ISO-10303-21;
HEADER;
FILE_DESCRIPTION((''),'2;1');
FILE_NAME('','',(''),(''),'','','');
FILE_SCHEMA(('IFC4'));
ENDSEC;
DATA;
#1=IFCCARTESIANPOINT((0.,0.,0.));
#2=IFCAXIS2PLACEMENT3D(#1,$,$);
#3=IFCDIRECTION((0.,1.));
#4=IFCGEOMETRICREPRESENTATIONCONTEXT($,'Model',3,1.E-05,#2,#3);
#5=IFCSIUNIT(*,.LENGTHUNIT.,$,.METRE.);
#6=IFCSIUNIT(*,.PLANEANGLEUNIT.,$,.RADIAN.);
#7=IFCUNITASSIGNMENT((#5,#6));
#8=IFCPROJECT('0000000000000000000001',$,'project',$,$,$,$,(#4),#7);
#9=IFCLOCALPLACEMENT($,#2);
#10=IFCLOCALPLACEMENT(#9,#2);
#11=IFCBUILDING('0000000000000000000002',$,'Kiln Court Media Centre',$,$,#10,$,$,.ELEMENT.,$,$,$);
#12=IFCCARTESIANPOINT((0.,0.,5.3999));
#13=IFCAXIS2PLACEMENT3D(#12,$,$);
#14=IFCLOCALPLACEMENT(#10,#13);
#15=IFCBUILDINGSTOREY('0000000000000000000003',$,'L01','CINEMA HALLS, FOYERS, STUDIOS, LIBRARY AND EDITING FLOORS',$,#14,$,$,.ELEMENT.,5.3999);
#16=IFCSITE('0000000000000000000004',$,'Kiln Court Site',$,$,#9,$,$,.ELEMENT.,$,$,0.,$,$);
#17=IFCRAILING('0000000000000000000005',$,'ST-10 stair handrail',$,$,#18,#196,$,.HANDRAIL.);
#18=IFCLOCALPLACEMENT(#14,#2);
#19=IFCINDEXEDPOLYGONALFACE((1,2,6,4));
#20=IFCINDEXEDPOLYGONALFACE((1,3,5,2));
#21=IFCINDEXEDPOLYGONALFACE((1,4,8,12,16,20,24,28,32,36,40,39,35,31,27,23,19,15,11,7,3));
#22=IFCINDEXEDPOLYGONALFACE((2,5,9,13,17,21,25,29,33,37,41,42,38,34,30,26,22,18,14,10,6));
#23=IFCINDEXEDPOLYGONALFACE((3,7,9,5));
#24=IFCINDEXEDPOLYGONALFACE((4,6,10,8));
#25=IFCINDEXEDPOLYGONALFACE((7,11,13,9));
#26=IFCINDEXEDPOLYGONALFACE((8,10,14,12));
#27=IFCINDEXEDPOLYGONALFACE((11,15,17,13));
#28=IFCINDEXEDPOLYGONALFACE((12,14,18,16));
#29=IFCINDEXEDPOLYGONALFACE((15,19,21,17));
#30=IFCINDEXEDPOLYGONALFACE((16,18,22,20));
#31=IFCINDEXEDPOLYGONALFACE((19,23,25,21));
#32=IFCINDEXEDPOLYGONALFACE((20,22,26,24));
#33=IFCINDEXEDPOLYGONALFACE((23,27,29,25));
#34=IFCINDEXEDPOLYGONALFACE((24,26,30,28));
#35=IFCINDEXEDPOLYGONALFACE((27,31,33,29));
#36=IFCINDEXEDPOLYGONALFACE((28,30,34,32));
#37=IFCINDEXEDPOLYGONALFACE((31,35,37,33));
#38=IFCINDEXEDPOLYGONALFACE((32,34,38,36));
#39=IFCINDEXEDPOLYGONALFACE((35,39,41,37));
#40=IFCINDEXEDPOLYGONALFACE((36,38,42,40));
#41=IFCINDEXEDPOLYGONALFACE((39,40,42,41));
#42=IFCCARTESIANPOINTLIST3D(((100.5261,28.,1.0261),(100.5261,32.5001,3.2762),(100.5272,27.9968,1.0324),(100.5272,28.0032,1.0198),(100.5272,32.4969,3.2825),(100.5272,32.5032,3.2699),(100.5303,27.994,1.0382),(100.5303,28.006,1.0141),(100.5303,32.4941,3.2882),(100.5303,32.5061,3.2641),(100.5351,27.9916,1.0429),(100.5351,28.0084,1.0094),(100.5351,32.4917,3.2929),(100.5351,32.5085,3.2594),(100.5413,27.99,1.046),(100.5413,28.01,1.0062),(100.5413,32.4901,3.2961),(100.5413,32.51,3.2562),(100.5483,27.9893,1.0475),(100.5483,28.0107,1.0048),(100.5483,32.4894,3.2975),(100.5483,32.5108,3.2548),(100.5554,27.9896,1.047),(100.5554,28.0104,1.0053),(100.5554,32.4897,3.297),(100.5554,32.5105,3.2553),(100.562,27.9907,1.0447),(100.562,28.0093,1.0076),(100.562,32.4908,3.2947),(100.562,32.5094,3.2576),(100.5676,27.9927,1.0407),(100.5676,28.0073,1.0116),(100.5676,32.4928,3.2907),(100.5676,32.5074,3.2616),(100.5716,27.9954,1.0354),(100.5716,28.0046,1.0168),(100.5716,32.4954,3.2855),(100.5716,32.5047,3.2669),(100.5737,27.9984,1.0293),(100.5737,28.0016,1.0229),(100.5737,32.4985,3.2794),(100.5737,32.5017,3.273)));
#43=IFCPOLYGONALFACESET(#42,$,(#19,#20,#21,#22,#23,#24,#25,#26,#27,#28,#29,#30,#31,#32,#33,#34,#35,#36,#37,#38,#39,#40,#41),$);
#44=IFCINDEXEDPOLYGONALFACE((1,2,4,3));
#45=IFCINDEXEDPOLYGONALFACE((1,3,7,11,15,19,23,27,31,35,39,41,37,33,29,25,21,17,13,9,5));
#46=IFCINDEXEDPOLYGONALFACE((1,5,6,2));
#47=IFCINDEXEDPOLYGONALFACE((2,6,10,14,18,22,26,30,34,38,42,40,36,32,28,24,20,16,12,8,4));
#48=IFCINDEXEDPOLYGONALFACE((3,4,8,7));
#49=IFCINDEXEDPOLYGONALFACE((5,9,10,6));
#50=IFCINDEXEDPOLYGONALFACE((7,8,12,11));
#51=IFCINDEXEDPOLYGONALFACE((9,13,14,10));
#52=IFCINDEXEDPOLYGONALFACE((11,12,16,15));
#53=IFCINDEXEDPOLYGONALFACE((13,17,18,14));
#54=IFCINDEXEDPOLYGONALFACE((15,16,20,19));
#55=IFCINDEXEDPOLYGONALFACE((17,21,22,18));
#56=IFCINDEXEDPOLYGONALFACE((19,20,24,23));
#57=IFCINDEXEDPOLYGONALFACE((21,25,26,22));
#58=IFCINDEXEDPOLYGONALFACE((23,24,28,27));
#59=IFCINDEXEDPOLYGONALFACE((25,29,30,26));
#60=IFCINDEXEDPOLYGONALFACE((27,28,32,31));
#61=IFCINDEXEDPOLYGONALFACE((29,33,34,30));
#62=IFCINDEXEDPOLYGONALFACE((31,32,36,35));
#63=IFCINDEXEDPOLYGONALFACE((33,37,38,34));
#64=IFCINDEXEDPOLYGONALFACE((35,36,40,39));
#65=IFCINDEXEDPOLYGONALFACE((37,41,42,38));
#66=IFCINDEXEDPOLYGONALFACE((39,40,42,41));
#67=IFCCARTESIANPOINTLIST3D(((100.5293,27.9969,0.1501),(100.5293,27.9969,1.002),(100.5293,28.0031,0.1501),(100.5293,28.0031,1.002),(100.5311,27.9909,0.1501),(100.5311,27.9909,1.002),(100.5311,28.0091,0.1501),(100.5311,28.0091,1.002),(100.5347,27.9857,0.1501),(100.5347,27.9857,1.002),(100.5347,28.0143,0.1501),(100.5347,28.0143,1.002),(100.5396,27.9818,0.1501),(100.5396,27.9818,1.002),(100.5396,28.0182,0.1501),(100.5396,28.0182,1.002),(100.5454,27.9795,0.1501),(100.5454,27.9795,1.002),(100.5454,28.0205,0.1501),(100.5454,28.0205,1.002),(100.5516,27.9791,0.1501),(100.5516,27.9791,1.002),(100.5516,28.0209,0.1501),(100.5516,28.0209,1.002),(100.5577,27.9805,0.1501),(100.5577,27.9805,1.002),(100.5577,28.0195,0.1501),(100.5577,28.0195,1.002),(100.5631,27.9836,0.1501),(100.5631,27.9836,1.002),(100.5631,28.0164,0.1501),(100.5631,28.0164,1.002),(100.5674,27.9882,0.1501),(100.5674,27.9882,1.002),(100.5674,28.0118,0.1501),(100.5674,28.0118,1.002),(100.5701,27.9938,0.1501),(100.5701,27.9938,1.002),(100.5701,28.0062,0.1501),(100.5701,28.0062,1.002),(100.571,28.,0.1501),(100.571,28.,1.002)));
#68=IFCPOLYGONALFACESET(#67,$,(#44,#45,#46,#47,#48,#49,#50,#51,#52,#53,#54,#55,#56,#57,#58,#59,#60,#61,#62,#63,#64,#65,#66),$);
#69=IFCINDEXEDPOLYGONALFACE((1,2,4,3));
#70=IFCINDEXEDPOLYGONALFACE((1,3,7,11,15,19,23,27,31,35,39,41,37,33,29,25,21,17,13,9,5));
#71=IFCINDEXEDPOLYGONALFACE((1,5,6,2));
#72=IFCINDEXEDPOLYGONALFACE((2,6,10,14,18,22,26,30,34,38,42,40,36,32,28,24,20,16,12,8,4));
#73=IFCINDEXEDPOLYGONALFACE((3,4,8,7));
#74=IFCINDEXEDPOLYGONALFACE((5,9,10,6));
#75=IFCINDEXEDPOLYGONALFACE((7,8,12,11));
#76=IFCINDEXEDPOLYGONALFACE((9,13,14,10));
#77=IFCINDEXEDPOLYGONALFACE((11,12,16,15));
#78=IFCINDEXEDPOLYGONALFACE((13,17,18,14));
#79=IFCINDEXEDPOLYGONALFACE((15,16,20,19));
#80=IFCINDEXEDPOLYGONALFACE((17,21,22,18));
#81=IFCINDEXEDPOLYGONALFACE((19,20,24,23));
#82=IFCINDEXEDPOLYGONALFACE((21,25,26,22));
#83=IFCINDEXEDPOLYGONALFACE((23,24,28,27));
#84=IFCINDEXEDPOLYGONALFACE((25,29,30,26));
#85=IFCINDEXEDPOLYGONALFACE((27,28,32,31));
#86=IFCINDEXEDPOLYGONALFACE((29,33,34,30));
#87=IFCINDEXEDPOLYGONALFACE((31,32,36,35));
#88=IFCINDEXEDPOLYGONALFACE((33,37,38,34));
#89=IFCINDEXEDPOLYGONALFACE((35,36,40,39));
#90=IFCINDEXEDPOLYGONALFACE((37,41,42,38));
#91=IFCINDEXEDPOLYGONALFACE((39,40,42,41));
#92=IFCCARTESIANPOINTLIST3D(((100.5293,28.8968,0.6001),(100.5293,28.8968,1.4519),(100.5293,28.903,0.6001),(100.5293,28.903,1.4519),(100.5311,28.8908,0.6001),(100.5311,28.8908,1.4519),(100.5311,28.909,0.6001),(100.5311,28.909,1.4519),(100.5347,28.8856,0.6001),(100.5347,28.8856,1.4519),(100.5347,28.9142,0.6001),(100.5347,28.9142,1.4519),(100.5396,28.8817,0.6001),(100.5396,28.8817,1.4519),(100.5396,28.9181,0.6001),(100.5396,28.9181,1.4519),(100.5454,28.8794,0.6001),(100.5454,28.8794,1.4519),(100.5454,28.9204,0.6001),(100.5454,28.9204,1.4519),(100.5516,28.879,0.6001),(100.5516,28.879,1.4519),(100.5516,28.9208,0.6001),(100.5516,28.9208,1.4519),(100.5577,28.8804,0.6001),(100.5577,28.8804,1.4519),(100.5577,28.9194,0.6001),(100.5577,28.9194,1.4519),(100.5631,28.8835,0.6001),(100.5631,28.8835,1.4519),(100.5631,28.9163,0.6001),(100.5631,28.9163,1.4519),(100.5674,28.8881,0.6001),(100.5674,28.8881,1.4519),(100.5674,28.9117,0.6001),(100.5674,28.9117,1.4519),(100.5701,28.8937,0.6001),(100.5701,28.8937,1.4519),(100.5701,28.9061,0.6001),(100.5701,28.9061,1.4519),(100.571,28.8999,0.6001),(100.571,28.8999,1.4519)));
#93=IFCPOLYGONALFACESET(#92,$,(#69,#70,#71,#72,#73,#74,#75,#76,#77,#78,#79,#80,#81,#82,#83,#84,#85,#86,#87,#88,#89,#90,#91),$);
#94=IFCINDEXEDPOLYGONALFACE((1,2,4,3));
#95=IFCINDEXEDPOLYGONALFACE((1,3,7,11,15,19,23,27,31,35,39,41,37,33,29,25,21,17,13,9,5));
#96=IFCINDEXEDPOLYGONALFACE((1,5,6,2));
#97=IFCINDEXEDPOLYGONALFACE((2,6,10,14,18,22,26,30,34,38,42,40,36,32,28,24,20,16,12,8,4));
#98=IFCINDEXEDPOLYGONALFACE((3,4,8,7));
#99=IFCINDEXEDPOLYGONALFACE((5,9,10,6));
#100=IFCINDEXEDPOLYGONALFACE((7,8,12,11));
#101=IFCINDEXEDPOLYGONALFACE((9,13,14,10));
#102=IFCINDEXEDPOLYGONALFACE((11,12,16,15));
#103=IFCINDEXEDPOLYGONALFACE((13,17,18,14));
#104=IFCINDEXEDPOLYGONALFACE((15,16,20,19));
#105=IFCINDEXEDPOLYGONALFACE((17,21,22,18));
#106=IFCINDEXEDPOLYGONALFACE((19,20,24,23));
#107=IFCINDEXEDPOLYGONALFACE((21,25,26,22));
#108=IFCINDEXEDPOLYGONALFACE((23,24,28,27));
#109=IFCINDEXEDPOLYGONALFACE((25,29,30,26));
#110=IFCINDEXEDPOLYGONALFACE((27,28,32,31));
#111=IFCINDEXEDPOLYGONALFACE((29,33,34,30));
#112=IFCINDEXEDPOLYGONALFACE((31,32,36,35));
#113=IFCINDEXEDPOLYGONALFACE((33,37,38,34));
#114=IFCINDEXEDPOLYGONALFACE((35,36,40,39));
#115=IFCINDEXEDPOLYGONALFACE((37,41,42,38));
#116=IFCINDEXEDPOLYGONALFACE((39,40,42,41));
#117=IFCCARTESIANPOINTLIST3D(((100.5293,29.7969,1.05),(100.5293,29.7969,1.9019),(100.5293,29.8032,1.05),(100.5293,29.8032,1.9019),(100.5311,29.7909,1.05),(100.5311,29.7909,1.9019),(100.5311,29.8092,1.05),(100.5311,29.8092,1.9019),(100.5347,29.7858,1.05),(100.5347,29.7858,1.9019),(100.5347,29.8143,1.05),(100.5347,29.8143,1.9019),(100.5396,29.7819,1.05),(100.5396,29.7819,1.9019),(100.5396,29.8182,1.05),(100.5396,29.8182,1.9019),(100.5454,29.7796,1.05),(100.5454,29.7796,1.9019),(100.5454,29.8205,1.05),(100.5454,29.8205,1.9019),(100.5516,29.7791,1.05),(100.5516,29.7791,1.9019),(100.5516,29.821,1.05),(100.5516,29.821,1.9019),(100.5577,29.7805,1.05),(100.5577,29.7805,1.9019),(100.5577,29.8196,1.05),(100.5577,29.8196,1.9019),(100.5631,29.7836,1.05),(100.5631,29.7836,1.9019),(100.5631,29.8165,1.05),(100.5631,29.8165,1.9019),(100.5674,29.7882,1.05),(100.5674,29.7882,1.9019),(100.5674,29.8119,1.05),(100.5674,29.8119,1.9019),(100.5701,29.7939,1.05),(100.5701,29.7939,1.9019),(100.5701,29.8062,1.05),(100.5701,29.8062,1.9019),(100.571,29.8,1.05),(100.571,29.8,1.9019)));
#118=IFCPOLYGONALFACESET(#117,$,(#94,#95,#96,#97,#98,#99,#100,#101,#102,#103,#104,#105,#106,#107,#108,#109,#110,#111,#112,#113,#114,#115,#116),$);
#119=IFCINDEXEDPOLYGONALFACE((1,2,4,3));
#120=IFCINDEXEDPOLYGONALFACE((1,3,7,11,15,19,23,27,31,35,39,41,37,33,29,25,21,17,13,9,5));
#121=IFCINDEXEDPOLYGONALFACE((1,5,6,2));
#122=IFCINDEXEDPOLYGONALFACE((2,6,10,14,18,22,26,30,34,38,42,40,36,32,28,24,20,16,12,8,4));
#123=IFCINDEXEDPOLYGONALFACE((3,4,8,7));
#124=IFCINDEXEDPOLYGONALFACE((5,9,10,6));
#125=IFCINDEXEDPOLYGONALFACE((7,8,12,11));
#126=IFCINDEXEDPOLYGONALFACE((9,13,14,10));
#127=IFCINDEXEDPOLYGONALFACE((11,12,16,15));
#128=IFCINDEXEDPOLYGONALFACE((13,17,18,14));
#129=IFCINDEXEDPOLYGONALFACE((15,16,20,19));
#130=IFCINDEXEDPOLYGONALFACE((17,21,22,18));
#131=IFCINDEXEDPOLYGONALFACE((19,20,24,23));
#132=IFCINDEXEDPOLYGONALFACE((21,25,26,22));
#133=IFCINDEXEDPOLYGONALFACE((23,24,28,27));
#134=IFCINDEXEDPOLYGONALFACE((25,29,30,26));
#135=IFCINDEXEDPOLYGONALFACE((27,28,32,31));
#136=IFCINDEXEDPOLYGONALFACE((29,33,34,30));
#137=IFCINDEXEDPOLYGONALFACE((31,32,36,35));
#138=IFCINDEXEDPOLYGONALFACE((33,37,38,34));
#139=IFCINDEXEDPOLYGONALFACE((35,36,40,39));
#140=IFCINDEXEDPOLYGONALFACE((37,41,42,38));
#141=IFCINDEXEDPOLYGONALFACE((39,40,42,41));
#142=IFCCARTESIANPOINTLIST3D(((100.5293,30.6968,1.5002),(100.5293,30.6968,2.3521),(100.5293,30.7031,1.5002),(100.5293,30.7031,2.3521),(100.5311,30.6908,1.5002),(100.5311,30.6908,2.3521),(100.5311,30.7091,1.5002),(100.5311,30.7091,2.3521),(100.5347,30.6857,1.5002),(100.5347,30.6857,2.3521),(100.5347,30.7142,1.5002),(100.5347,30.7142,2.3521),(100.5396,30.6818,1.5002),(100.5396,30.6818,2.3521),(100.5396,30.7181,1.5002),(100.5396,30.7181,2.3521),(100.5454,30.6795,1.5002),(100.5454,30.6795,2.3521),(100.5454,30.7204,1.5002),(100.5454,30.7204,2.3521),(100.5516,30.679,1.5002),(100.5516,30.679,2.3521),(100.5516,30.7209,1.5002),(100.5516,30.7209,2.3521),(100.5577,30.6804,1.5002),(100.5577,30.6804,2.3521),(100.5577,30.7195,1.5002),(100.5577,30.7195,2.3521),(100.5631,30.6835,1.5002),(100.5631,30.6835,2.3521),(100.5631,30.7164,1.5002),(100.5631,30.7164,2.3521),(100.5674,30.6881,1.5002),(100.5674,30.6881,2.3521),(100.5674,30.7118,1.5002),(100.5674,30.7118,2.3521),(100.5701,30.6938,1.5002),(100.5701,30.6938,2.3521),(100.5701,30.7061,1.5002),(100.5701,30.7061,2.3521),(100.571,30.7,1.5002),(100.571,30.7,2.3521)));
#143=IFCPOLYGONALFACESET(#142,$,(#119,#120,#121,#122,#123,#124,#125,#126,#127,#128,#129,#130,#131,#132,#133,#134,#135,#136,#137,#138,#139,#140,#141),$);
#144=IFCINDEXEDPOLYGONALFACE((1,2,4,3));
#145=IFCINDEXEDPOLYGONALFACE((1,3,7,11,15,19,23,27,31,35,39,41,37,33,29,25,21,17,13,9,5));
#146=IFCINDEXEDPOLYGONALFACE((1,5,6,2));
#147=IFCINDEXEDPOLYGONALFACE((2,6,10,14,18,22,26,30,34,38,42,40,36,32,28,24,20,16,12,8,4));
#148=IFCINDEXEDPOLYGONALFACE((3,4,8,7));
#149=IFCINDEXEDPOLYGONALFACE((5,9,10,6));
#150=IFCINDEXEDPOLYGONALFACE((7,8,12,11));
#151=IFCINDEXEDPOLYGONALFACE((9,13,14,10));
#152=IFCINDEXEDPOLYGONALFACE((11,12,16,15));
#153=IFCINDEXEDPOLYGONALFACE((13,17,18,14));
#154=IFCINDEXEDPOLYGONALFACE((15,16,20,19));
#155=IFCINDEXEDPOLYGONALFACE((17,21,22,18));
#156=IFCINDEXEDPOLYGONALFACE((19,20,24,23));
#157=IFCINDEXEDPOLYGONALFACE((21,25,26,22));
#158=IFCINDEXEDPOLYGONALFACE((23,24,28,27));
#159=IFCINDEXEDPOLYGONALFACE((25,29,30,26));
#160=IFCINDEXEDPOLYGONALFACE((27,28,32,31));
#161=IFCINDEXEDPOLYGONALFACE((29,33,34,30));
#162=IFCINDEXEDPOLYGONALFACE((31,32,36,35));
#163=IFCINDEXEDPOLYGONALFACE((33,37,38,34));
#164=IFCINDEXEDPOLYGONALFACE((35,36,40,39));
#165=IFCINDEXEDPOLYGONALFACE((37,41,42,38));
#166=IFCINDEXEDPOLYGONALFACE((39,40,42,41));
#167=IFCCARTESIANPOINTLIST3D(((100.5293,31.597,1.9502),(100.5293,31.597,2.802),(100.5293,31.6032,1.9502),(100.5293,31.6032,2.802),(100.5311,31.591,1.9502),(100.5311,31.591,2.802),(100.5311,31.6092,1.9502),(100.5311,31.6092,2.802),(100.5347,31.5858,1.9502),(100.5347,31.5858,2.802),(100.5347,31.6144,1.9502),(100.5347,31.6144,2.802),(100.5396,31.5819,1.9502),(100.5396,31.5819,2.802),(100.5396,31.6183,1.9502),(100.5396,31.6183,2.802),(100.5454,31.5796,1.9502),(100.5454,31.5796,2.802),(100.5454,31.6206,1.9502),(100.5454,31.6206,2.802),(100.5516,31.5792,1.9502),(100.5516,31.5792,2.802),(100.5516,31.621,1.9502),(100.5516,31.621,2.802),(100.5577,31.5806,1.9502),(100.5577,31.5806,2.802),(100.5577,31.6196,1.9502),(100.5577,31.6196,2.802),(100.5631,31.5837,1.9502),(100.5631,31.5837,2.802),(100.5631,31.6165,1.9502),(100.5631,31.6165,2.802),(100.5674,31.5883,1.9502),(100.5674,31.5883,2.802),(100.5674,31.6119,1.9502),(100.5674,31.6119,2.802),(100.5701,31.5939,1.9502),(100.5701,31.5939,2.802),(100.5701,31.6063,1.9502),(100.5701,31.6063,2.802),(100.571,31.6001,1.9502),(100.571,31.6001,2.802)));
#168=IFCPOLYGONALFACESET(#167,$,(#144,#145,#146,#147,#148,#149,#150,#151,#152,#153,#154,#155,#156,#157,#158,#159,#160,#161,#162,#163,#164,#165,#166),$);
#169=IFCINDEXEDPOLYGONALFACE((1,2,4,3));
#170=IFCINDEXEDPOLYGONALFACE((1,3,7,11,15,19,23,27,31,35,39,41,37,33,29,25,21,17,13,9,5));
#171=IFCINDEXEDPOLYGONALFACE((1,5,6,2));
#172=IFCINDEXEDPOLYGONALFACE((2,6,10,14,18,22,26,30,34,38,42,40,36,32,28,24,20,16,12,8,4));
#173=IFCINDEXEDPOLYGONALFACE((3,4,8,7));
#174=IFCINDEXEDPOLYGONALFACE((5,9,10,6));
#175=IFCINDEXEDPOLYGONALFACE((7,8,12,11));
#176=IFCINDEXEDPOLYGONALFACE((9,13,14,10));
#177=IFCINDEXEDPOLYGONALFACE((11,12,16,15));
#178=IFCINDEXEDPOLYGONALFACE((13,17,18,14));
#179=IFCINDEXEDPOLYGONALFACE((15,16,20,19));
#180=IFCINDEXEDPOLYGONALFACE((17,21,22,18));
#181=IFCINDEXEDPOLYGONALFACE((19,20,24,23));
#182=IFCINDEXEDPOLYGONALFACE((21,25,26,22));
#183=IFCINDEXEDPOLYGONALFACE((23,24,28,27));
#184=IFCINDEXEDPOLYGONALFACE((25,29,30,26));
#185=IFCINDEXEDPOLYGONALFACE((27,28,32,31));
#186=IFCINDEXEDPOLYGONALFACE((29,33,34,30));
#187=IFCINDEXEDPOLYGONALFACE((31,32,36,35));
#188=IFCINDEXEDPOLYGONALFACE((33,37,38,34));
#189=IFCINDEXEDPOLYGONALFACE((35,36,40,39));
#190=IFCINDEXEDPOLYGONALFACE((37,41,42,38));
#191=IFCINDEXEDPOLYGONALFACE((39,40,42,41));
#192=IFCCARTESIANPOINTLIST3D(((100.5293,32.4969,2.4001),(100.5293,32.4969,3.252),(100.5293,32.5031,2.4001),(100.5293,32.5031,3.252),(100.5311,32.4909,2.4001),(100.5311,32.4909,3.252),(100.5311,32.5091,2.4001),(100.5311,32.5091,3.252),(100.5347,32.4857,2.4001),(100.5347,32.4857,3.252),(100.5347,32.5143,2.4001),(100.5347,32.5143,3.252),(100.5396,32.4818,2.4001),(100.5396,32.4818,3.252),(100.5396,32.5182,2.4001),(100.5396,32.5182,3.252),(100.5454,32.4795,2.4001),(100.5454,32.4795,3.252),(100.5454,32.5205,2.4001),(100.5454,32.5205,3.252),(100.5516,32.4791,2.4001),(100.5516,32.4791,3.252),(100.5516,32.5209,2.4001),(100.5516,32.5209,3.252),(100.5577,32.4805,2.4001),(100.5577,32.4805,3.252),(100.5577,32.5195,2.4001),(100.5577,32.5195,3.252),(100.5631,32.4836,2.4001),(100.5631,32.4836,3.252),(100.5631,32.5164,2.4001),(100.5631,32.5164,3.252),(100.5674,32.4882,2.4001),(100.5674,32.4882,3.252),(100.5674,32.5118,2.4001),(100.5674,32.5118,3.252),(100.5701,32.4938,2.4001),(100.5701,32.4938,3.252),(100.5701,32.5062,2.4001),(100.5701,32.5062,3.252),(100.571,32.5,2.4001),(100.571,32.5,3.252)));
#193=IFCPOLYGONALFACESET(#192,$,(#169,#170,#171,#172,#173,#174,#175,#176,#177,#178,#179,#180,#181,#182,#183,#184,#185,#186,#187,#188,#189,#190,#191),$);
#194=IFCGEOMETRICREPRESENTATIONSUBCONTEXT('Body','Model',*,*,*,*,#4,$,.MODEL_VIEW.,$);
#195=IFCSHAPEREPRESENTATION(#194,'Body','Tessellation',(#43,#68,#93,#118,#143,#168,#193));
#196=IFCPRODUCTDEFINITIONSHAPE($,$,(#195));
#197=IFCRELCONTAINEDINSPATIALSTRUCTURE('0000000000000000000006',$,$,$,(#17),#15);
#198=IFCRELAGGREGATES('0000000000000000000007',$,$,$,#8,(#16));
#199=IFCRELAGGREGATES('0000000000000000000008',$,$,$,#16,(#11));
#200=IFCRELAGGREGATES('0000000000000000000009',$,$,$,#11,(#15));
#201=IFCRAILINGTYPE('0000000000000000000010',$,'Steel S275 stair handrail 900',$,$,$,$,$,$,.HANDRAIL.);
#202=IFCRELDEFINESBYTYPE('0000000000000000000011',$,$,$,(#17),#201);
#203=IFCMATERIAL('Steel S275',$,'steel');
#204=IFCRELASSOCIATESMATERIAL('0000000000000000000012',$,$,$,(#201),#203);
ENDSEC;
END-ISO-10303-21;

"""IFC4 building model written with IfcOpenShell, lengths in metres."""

from ifc_helpers import new_model, si_unit, direction, frame, origin, origin_2d, place, context, subcontext, project, spatial, circle, extrude, material, type_object, element, save


model = new_model("IFC4")

# Units and contexts
model_context = context("Model", 3, precision=1e-05, world=origin(), true_north=direction((0.0, 1.0)))
body_context = subcontext(model_context, "Body", "Model", "MODEL_VIEW")
ifc_project = project(units=[si_unit("LENGTHUNIT", "METRE"), si_unit("PLANEANGLEUNIT", "RADIAN")], contexts=[model_context])

# Site, building, storey
site_placement = place(None, origin())
site = spatial("IfcSite", under=ifc_project, at=site_placement, Name="Kiln Court Site", CompositionType="ELEMENT", RefElevation=0.0)
building_placement = place(site_placement, origin())
building = spatial("IfcBuilding", under=site, at=building_placement, Name="Kiln Court Media Centre", CompositionType="ELEMENT")
storey_placement = place(building_placement, frame((0.0, 0.0, 5.3999)))
storey = spatial("IfcBuildingStorey", under=building, at=storey_placement, Name="L01", Description="CINEMA HALLS, FOYERS, STUDIOS, LIBRARY AND EDITING FLOORS", CompositionType="ELEMENT", Elevation=5.3999)

# Railing
ifc_material_1 = material(Name="Steel S275", Category="steel")
railing_type_1 = type_object("IfcRailingType", Name="Steel S275 stair handrail 900", PredefinedType="HANDRAIL", material=ifc_material_1)
railing_1_placement = place(storey_placement, frame((100.55, 28.0, 0.1501)))
element("IfcRailing", 1, at=railing_1_placement, inside=storey, type_object=railing_type_1, Name="ST-10 stair handrail", PredefinedType="HANDRAIL", context=body_context, shape_type="SweptSolid", body=[
    extrude(circle(Radius=0.0239, at=origin_2d()), frame((0.0, 0.0, 0.876), z_axis=(0.0, 0.894427, 0.447214), x_axis=(-1.0, 0.0, 0.0)), (0.0, 0.0, 1.0), 5.0312),
    extrude(circle(Radius=0.021, at=origin_2d()), origin(), (0.0, 0.0, 1.0), 0.8518),
    extrude(circle(Radius=0.021, at=origin_2d()), frame((0.0, 0.8999, 0.45)), (0.0, 0.0, 1.0), 0.8518),
    extrude(circle(Radius=0.021, at=origin_2d()), frame((0.0, 1.8, 0.8999)), (0.0, 0.0, 1.0), 0.8518),
    extrude(circle(Radius=0.021, at=origin_2d()), frame((0.0, 2.7, 1.3501)), (0.0, 0.0, 1.0), 0.8518),
    extrude(circle(Radius=0.021, at=origin_2d()), frame((0.0, 3.6001, 1.8)), (0.0, 0.0, 1.0), 0.8518),
    extrude(circle(Radius=0.021, at=origin_2d()), frame((0.0, 4.5, 2.25)), (0.0, 0.0, 1.0), 0.8518),
])

save(model, "model.ifc")
